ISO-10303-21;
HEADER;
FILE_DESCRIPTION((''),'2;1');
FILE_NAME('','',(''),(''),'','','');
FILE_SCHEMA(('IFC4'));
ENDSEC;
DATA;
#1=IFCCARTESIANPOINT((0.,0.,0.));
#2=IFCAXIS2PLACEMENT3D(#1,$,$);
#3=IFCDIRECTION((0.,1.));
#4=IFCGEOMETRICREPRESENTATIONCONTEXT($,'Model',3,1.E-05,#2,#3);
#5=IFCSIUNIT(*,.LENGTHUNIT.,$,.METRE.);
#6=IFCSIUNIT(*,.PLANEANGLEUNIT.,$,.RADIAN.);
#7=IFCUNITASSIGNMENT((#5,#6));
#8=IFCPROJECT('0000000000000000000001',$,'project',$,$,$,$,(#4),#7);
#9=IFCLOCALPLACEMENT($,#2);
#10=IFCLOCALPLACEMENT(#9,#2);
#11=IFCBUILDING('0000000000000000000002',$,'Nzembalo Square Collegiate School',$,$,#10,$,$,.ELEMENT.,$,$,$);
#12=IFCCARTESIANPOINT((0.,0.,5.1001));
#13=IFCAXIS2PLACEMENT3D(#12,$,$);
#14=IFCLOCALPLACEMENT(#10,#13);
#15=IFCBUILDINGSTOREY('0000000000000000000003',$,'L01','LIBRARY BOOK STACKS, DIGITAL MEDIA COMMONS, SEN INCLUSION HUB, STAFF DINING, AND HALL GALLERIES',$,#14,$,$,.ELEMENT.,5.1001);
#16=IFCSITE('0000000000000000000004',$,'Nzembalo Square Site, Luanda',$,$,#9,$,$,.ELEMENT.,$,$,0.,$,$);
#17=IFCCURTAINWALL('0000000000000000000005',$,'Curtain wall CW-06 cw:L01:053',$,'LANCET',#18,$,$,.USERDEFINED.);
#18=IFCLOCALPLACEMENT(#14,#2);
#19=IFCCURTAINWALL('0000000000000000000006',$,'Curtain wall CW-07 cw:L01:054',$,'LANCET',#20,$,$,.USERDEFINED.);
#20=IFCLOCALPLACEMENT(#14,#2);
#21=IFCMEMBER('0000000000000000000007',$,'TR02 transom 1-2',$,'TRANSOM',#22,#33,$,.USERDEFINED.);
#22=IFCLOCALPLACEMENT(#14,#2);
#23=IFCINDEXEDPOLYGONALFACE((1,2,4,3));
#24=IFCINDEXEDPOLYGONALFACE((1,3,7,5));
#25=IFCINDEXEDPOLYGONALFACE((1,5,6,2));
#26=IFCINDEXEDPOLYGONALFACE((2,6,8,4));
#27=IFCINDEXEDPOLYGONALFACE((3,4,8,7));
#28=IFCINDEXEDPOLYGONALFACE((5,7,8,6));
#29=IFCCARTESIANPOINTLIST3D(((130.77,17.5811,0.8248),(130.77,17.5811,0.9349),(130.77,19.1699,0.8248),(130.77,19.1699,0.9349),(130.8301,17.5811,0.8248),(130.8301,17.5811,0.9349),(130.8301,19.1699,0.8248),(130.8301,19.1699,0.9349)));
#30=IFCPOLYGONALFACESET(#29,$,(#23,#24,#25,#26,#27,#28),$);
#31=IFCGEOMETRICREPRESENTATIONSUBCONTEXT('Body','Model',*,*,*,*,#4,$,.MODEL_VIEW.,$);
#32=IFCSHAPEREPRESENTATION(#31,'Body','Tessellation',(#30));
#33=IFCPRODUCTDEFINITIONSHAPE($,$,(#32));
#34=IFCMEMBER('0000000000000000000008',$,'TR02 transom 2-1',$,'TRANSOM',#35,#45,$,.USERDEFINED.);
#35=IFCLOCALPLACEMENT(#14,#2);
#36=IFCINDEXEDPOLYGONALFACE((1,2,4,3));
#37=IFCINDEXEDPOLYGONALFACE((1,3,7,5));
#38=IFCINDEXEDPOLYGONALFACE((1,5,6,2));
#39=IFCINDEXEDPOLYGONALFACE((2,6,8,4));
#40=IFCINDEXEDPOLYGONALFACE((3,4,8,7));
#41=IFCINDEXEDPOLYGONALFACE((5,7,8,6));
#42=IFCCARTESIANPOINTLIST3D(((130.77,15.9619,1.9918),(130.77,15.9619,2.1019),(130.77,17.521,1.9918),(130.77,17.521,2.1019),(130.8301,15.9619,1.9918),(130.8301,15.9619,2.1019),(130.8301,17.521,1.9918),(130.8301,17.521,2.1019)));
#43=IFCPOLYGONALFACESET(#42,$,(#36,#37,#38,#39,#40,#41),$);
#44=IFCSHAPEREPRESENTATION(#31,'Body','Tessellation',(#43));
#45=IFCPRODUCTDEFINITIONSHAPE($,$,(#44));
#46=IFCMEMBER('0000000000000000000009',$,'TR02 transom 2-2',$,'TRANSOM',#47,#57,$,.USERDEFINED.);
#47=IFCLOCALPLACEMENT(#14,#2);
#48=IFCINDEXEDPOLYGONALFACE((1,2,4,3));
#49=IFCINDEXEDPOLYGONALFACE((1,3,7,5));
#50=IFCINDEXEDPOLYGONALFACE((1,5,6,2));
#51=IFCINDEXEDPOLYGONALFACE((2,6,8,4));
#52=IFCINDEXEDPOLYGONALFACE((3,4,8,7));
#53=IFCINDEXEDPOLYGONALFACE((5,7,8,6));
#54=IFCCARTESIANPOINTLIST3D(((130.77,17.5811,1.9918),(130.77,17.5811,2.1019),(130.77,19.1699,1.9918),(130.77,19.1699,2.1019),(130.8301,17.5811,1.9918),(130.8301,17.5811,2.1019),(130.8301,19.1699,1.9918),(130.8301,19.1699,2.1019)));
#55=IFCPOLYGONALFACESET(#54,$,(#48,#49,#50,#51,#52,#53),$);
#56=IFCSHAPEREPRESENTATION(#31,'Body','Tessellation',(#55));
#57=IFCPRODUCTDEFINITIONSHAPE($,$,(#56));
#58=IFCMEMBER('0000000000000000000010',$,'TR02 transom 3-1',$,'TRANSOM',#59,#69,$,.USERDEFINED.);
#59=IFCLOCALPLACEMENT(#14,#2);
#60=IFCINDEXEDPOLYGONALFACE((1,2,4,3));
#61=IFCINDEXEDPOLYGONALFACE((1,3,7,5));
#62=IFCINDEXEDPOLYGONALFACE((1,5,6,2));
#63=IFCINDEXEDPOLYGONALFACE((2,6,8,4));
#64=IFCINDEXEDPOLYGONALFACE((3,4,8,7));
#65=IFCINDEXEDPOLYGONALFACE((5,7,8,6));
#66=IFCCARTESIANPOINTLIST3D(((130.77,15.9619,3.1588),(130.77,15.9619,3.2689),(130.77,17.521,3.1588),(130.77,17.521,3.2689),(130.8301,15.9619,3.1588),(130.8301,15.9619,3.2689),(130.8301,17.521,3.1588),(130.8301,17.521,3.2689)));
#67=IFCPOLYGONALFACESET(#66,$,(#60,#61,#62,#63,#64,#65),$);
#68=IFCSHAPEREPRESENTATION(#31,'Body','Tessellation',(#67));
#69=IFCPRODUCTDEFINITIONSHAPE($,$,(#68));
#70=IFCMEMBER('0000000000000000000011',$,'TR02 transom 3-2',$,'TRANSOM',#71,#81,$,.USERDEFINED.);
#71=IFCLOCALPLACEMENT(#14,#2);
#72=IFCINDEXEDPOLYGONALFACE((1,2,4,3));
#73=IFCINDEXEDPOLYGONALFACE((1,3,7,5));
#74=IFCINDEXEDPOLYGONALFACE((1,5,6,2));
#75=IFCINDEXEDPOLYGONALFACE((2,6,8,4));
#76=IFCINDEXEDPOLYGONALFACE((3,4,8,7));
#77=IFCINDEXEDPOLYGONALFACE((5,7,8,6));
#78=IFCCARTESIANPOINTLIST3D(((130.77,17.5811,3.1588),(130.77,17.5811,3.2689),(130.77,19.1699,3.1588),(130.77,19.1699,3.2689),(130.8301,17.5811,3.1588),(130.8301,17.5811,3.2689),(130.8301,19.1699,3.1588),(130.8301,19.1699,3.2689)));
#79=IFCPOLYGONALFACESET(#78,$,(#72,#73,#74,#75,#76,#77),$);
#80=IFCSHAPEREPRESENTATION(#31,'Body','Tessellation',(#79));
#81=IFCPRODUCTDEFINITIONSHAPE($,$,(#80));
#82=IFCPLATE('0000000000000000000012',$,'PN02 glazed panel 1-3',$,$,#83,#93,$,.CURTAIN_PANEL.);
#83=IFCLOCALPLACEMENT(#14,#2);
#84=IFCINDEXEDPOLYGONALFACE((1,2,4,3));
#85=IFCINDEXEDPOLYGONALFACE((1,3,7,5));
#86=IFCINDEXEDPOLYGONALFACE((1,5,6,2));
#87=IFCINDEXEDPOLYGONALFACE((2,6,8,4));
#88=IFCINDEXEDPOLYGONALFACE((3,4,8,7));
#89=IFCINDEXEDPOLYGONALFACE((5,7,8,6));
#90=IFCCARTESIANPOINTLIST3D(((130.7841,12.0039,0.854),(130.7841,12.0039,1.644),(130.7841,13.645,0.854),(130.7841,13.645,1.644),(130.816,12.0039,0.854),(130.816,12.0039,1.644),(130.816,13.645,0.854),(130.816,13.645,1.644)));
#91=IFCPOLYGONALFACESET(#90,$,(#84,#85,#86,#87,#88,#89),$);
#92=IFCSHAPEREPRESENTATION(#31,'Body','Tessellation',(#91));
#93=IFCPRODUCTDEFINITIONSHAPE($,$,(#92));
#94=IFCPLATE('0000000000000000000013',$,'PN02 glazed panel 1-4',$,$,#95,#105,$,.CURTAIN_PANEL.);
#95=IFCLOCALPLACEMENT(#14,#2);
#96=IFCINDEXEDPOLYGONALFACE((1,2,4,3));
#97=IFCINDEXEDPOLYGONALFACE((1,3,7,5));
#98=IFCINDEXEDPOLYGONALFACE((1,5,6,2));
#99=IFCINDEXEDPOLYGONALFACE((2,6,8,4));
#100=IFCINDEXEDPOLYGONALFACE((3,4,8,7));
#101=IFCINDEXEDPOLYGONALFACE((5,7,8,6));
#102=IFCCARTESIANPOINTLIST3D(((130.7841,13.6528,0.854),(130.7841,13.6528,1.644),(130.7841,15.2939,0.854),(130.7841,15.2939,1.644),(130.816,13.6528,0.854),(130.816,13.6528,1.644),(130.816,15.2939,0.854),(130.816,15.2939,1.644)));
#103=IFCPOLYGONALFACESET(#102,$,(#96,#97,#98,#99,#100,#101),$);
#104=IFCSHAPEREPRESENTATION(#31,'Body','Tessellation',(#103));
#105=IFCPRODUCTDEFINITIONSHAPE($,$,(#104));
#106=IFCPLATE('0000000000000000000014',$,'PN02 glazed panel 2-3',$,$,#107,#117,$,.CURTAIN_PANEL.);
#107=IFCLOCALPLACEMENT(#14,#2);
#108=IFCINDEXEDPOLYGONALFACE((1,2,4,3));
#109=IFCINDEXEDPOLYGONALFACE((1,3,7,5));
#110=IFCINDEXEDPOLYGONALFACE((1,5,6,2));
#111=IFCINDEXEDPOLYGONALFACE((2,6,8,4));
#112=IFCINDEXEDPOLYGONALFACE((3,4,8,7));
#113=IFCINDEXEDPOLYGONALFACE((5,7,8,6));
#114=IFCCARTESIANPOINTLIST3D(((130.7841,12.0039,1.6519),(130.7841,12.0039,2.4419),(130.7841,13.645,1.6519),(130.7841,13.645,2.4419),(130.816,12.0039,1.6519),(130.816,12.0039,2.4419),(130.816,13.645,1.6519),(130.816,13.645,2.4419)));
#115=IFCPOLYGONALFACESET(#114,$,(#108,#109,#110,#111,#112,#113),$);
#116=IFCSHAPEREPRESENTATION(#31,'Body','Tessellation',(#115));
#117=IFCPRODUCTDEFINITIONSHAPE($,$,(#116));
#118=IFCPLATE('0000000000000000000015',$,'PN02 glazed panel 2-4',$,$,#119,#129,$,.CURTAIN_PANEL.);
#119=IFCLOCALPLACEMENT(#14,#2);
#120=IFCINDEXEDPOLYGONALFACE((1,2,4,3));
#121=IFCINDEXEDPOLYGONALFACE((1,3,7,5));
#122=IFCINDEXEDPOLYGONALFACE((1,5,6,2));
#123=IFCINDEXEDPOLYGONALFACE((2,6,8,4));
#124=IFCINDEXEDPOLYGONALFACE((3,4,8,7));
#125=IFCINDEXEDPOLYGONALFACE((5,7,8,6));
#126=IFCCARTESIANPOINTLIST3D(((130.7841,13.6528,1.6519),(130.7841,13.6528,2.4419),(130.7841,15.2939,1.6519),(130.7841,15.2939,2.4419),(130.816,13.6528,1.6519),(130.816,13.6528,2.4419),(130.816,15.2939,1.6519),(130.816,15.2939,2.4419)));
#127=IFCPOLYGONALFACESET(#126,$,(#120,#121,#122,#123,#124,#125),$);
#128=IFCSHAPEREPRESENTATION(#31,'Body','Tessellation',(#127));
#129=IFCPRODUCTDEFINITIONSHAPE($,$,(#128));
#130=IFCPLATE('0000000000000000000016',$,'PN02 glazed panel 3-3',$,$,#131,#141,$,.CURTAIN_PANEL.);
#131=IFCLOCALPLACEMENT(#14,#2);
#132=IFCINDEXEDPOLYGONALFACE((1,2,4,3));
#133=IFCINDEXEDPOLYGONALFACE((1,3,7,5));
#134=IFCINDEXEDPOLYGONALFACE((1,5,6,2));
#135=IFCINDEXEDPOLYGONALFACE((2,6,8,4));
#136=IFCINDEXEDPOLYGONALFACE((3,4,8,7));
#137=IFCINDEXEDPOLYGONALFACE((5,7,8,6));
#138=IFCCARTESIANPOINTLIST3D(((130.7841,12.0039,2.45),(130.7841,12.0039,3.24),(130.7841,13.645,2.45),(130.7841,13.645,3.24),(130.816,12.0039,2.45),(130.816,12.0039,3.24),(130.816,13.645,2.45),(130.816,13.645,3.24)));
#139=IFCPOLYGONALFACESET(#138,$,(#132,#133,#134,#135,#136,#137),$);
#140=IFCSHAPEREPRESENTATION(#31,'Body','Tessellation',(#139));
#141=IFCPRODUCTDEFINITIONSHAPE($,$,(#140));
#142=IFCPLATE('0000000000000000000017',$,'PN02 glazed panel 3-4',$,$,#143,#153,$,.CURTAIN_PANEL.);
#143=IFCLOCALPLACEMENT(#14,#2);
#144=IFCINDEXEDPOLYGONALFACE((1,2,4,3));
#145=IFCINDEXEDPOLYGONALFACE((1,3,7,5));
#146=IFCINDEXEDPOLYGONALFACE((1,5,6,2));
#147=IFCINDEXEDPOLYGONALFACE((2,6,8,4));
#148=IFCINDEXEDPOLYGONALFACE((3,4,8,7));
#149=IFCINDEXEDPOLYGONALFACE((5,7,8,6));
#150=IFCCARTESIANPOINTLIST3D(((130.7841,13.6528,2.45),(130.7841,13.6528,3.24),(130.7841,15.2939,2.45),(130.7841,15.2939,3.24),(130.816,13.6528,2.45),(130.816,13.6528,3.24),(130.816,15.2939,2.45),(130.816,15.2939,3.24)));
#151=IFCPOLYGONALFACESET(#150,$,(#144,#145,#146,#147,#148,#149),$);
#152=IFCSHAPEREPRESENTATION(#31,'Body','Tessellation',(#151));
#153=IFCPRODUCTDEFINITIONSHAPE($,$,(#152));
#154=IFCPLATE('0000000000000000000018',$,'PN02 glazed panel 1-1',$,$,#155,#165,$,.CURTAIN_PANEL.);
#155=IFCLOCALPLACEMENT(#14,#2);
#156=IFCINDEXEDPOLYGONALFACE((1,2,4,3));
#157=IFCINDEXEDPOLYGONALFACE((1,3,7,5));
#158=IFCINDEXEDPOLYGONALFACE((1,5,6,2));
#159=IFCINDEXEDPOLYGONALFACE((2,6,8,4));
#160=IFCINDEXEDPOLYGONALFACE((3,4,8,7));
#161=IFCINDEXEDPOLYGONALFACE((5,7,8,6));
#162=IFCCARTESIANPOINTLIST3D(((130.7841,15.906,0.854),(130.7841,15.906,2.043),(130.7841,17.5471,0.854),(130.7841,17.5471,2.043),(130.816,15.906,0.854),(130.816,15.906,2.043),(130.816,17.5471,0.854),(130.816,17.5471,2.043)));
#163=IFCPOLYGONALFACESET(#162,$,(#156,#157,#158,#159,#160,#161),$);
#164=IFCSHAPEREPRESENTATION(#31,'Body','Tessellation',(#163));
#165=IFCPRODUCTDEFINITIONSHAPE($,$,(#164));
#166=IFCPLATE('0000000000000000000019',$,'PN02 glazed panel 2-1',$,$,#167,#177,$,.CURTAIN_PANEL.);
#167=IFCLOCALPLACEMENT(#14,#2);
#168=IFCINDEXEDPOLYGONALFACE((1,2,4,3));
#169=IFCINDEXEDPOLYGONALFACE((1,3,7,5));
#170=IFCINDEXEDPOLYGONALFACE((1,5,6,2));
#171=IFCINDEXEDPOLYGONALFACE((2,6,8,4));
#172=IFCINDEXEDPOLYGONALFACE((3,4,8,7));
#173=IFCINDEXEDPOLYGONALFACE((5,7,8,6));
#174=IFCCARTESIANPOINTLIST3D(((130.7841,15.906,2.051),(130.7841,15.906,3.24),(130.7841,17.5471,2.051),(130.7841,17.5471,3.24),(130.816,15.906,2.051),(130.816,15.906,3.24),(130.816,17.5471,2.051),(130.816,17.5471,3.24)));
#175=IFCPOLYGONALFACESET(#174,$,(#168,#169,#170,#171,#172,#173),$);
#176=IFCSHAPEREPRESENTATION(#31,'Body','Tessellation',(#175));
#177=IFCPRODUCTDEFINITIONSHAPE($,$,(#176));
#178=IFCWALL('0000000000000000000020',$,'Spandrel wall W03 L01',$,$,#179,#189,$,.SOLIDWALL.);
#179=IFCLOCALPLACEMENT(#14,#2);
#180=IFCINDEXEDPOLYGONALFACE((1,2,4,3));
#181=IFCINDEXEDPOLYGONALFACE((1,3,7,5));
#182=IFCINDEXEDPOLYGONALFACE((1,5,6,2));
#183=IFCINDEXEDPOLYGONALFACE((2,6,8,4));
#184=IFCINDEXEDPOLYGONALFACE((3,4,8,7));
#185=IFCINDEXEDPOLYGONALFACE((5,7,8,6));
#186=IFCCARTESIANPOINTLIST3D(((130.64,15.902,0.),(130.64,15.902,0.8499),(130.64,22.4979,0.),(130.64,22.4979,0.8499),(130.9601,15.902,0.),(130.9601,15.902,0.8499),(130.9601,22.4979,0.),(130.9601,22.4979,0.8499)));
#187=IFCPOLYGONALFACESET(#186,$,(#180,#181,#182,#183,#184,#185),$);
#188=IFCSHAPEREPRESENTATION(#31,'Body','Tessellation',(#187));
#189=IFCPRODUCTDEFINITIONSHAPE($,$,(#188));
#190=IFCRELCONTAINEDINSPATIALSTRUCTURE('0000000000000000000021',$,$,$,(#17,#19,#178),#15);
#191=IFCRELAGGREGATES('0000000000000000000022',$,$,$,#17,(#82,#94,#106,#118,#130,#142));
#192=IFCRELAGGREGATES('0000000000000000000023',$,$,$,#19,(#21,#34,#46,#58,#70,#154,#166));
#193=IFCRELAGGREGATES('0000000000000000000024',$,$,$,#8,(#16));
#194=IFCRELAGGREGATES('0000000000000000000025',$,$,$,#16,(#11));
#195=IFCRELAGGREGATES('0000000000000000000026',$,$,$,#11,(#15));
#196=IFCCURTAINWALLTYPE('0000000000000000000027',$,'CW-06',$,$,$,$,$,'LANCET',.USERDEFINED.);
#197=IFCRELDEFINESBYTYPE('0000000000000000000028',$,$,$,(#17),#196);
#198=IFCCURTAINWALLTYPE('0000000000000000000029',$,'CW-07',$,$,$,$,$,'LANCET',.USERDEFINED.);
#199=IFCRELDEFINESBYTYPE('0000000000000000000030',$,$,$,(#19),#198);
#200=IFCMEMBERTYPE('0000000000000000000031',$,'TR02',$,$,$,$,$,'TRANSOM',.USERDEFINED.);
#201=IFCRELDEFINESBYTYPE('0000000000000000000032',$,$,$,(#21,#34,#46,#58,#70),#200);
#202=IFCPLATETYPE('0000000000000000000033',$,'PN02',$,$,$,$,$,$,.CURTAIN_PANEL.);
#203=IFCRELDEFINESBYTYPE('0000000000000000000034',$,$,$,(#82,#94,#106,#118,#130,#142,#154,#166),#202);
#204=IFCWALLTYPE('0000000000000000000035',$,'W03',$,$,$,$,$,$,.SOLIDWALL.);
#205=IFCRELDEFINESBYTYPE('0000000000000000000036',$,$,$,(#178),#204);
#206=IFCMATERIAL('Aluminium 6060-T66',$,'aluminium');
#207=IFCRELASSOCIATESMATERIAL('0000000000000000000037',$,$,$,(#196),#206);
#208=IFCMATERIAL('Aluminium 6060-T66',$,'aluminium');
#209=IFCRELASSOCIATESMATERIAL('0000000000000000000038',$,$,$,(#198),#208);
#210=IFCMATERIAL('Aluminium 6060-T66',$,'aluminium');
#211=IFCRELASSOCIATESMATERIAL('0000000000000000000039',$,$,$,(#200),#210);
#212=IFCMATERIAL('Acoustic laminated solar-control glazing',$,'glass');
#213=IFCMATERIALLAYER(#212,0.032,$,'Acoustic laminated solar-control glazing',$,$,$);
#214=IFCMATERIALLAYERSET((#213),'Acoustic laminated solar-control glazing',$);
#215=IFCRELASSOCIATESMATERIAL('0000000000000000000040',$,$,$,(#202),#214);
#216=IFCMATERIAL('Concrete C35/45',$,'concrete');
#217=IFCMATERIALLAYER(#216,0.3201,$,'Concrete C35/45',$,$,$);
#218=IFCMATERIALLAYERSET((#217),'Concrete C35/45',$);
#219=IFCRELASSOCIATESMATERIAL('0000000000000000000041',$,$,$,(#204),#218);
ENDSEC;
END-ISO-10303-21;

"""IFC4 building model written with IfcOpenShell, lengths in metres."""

from ifc_helpers import new_model, si_unit, direction, frame, frame_2d, origin, origin_2d, place, context, subcontext, project, spatial, rectangle, extrude, material, layer, layer_set, material_profile, profile_set, type_object, element, aggregate, save


model = new_model("IFC4")

# Units and contexts
model_context = context("Model", 3, precision=1e-05, world=origin(), true_north=direction((0.0, 1.0)))
body_context = subcontext(model_context, "Body", "Model", "MODEL_VIEW")
ifc_project = project(units=[si_unit("LENGTHUNIT", "METRE"), si_unit("PLANEANGLEUNIT", "RADIAN")], contexts=[model_context])

# Site, building, storey
site_placement = place(None, origin())
site = spatial("IfcSite", under=ifc_project, at=site_placement, Name="Nzembalo Square Site, Luanda", CompositionType="ELEMENT", RefElevation=0.0)
building_placement = place(site_placement, origin())
building = spatial("IfcBuilding", under=site, at=building_placement, Name="Nzembalo Square Collegiate School", CompositionType="ELEMENT")
storey_placement = place(building_placement, frame((0.0, 0.0, 5.1001)))
storey = spatial("IfcBuildingStorey", under=building, at=storey_placement, Name="L01", Description="LIBRARY BOOK STACKS, DIGITAL MEDIA COMMONS, SEN INCLUSION HUB, STAFF DINING, AND HALL GALLERIES", CompositionType="ELEMENT", Elevation=5.1001)

# Curtain walls
ifc_material_1 = material(Name="Aluminium 6060-T66", Category="aluminium")
curtain_wall_type_1 = type_object("IfcCurtainWallType", Name="CW-06", ElementType="LANCET", PredefinedType="USERDEFINED", material=ifc_material_1)
curtain_wall_1_placement = place(storey_placement, origin())
curtain_wall_1 = element("IfcCurtainWall", 1, at=curtain_wall_1_placement, inside=storey, type_object=curtain_wall_type_1, Name="Curtain wall CW-06 cw:L01:053", ObjectType="LANCET", PredefinedType="USERDEFINED")
ifc_material_2 = material(Name="Aluminium 6060-T66", Category="aluminium")
curtain_wall_type_2 = type_object("IfcCurtainWallType", Name="CW-07", ElementType="LANCET", PredefinedType="USERDEFINED", material=ifc_material_2)
curtain_wall_2_placement = place(storey_placement, origin())
curtain_wall_2 = element("IfcCurtainWall", 2, at=curtain_wall_2_placement, inside=storey, type_object=curtain_wall_type_2, Name="Curtain wall CW-07 cw:L01:054", ObjectType="LANCET", PredefinedType="USERDEFINED")

# Members
ifc_material_3 = material(Name="Aluminium 6060-T66", Category="aluminium")
ifc_material_profile_1 = material_profile(ifc_material_3, rectangle(XDim=0.0601, YDim=0.1101, at=origin_2d()), Name="ALU T60x110")
ifc_profile_set_1 = profile_set([ifc_material_profile_1], Name="Aluminium 6060-T66")
member_type_1 = type_object("IfcMemberType", Name="TR02", ElementType="TRANSOM", PredefinedType="USERDEFINED", material=ifc_profile_set_1)
member_1_placement = place(storey_placement, frame((130.8, 17.5811, 0.8799), z_axis=(0.0, 1.0, 0.0), x_axis=(-1.0, 0.0, 0.0)))
member_1 = element("IfcMember", 3, at=member_1_placement, type_object=member_type_1, Name="TR02 transom 1-2", ObjectType="TRANSOM", PredefinedType="USERDEFINED", context=body_context, shape_type="SweptSolid", body=[
    extrude(rectangle(XDim=0.0601, YDim=0.1101, at=origin_2d()), origin(), (0.0, 0.0, 1.0), 1.5889),
])
member_2_placement = place(storey_placement, frame((130.8, 15.9619, 2.0469), z_axis=(0.0, 1.0, 0.0), x_axis=(-1.0, 0.0, 0.0)))
member_2 = element("IfcMember", 4, at=member_2_placement, type_object=member_type_1, Name="TR02 transom 2-1", ObjectType="TRANSOM", PredefinedType="USERDEFINED", context=body_context, shape_type="SweptSolid", body=[
    extrude(rectangle(XDim=0.0601, YDim=0.1101, at=origin_2d()), origin(), (0.0, 0.0, 1.0), 1.5591),
])
member_3_placement = place(storey_placement, frame((130.8, 17.5811, 2.0469), z_axis=(0.0, 1.0, 0.0), x_axis=(-1.0, 0.0, 0.0)))
member_3 = element("IfcMember", 5, at=member_3_placement, type_object=member_type_1, Name="TR02 transom 2-2", ObjectType="TRANSOM", PredefinedType="USERDEFINED", context=body_context, shape_type="SweptSolid", body=[
    extrude(rectangle(XDim=0.0601, YDim=0.1101, at=origin_2d()), origin(), (0.0, 0.0, 1.0), 1.5889),
])
member_4_placement = place(storey_placement, frame((130.8, 15.9619, 3.2139), z_axis=(0.0, 1.0, 0.0), x_axis=(-1.0, 0.0, 0.0)))
member_4 = element("IfcMember", 6, at=member_4_placement, type_object=member_type_1, Name="TR02 transom 3-1", ObjectType="TRANSOM", PredefinedType="USERDEFINED", context=body_context, shape_type="SweptSolid", body=[
    extrude(rectangle(XDim=0.0601, YDim=0.1101, at=origin_2d()), origin(), (0.0, 0.0, 1.0), 1.5591),
])
member_5_placement = place(storey_placement, frame((130.8, 17.5811, 3.2139), z_axis=(0.0, 1.0, 0.0), x_axis=(-1.0, 0.0, 0.0)))
member_5 = element("IfcMember", 7, at=member_5_placement, type_object=member_type_1, Name="TR02 transom 3-2", ObjectType="TRANSOM", PredefinedType="USERDEFINED", context=body_context, shape_type="SweptSolid", body=[
    extrude(rectangle(XDim=0.0601, YDim=0.1101, at=origin_2d()), origin(), (0.0, 0.0, 1.0), 1.5889),
])

# Plates
ifc_material_4 = material(Name="Acoustic laminated solar-control glazing", Category="glass")
ifc_layer_1 = layer(ifc_material_4, 0.032, Name="Acoustic laminated solar-control glazing")
ifc_layer_set_1 = layer_set([ifc_layer_1], Name="Acoustic laminated solar-control glazing")
plate_type = type_object("IfcPlateType", Name="PN02", PredefinedType="CURTAIN_PANEL", material=ifc_layer_set_1)
plate_1_placement = place(storey_placement, frame((130.8, 12.8245, 0.854), z_axis=(0.0, 0.0, 1.0), x_axis=(0.0, 1.0, 0.0)))
plate_1 = element("IfcPlate", 8, at=plate_1_placement, type_object=plate_type, Name="PN02 glazed panel 1-3", PredefinedType="CURTAIN_PANEL", context=body_context, shape_type="SweptSolid", body=[
    extrude(rectangle(XDim=1.6411, YDim=0.032, at=origin_2d()), origin(), (0.0, 0.0, 1.0), 0.79),
])
plate_2_placement = place(storey_placement, frame((130.8, 14.4734, 0.854), z_axis=(0.0, 0.0, 1.0), x_axis=(0.0, 1.0, 0.0)))
plate_2 = element("IfcPlate", 9, at=plate_2_placement, type_object=plate_type, Name="PN02 glazed panel 1-4", PredefinedType="CURTAIN_PANEL", context=body_context, shape_type="SweptSolid", body=[
    extrude(rectangle(XDim=1.6411, YDim=0.032, at=origin_2d()), origin(), (0.0, 0.0, 1.0), 0.79),
])
plate_3_placement = place(storey_placement, frame((130.8, 12.8245, 1.6519), z_axis=(0.0, 0.0, 1.0), x_axis=(0.0, 1.0, 0.0)))
plate_3 = element("IfcPlate", 10, at=plate_3_placement, type_object=plate_type, Name="PN02 glazed panel 2-3", PredefinedType="CURTAIN_PANEL", context=body_context, shape_type="SweptSolid", body=[
    extrude(rectangle(XDim=1.6411, YDim=0.032, at=origin_2d()), origin(), (0.0, 0.0, 1.0), 0.79),
])
plate_4_placement = place(storey_placement, frame((130.8, 14.4734, 1.6519), z_axis=(0.0, 0.0, 1.0), x_axis=(0.0, 1.0, 0.0)))
plate_4 = element("IfcPlate", 11, at=plate_4_placement, type_object=plate_type, Name="PN02 glazed panel 2-4", PredefinedType="CURTAIN_PANEL", context=body_context, shape_type="SweptSolid", body=[
    extrude(rectangle(XDim=1.6411, YDim=0.032, at=origin_2d()), origin(), (0.0, 0.0, 1.0), 0.79),
])
plate_5_placement = place(storey_placement, frame((130.8, 12.8245, 2.45), z_axis=(0.0, 0.0, 1.0), x_axis=(0.0, 1.0, 0.0)))
plate_5 = element("IfcPlate", 12, at=plate_5_placement, type_object=plate_type, Name="PN02 glazed panel 3-3", PredefinedType="CURTAIN_PANEL", context=body_context, shape_type="SweptSolid", body=[
    extrude(rectangle(XDim=1.6411, YDim=0.032, at=origin_2d()), origin(), (0.0, 0.0, 1.0), 0.79),
])
plate_6_placement = place(storey_placement, frame((130.8, 14.4734, 2.45), z_axis=(0.0, 0.0, 1.0), x_axis=(0.0, 1.0, 0.0)))
plate_6 = element("IfcPlate", 13, at=plate_6_placement, type_object=plate_type, Name="PN02 glazed panel 3-4", PredefinedType="CURTAIN_PANEL", context=body_context, shape_type="SweptSolid", body=[
    extrude(rectangle(XDim=1.6411, YDim=0.032, at=origin_2d()), origin(), (0.0, 0.0, 1.0), 0.79),
])
aggregate(curtain_wall_1, [plate_1, plate_2, plate_3, plate_4, plate_5, plate_6])
plate_7_placement = place(storey_placement, frame((130.8, 16.7266, 0.854), z_axis=(0.0, 0.0, 1.0), x_axis=(0.0, 1.0, 0.0)))
plate_7 = element("IfcPlate", 14, at=plate_7_placement, type_object=plate_type, Name="PN02 glazed panel 1-1", PredefinedType="CURTAIN_PANEL", context=body_context, shape_type="SweptSolid", body=[
    extrude(rectangle(XDim=1.6411, YDim=0.032, at=origin_2d()), origin(), (0.0, 0.0, 1.0), 1.189),
])
plate_8_placement = place(storey_placement, frame((130.8, 16.7266, 2.051), z_axis=(0.0, 0.0, 1.0), x_axis=(0.0, 1.0, 0.0)))
plate_8 = element("IfcPlate", 15, at=plate_8_placement, type_object=plate_type, Name="PN02 glazed panel 2-1", PredefinedType="CURTAIN_PANEL", context=body_context, shape_type="SweptSolid", body=[
    extrude(rectangle(XDim=1.6411, YDim=0.032, at=origin_2d()), origin(), (0.0, 0.0, 1.0), 1.189),
])
aggregate(curtain_wall_2, [member_1, member_2, member_3, member_4, member_5, plate_7, plate_8])

# Wall
ifc_material_5 = material(Name="Concrete C35/45", Category="concrete")
ifc_layer_2 = layer(ifc_material_5, 0.3201, Name="Concrete C35/45")
ifc_layer_set_2 = layer_set([ifc_layer_2], Name="Concrete C35/45")
wall_type = type_object("IfcWallType", Name="W03", PredefinedType="SOLIDWALL", material=ifc_layer_set_2)
wall_placement = place(storey_placement, frame((130.8, 15.9021, 0.0), z_axis=(0.0, 0.0, 1.0), x_axis=(0.0, 1.0, 0.0)))
element("IfcWall", 16, at=wall_placement, inside=storey, type_object=wall_type, Name="Spandrel wall W03 L01", PredefinedType="SOLIDWALL", context=body_context, shape_type="SweptSolid", body=[
    extrude(rectangle(XDim=6.5959, YDim=0.3201, at=frame_2d((3.2979, 0.0))), origin(), (0.0, 0.0, 1.0), 0.8499),
])

save(model, "model.ifc")
